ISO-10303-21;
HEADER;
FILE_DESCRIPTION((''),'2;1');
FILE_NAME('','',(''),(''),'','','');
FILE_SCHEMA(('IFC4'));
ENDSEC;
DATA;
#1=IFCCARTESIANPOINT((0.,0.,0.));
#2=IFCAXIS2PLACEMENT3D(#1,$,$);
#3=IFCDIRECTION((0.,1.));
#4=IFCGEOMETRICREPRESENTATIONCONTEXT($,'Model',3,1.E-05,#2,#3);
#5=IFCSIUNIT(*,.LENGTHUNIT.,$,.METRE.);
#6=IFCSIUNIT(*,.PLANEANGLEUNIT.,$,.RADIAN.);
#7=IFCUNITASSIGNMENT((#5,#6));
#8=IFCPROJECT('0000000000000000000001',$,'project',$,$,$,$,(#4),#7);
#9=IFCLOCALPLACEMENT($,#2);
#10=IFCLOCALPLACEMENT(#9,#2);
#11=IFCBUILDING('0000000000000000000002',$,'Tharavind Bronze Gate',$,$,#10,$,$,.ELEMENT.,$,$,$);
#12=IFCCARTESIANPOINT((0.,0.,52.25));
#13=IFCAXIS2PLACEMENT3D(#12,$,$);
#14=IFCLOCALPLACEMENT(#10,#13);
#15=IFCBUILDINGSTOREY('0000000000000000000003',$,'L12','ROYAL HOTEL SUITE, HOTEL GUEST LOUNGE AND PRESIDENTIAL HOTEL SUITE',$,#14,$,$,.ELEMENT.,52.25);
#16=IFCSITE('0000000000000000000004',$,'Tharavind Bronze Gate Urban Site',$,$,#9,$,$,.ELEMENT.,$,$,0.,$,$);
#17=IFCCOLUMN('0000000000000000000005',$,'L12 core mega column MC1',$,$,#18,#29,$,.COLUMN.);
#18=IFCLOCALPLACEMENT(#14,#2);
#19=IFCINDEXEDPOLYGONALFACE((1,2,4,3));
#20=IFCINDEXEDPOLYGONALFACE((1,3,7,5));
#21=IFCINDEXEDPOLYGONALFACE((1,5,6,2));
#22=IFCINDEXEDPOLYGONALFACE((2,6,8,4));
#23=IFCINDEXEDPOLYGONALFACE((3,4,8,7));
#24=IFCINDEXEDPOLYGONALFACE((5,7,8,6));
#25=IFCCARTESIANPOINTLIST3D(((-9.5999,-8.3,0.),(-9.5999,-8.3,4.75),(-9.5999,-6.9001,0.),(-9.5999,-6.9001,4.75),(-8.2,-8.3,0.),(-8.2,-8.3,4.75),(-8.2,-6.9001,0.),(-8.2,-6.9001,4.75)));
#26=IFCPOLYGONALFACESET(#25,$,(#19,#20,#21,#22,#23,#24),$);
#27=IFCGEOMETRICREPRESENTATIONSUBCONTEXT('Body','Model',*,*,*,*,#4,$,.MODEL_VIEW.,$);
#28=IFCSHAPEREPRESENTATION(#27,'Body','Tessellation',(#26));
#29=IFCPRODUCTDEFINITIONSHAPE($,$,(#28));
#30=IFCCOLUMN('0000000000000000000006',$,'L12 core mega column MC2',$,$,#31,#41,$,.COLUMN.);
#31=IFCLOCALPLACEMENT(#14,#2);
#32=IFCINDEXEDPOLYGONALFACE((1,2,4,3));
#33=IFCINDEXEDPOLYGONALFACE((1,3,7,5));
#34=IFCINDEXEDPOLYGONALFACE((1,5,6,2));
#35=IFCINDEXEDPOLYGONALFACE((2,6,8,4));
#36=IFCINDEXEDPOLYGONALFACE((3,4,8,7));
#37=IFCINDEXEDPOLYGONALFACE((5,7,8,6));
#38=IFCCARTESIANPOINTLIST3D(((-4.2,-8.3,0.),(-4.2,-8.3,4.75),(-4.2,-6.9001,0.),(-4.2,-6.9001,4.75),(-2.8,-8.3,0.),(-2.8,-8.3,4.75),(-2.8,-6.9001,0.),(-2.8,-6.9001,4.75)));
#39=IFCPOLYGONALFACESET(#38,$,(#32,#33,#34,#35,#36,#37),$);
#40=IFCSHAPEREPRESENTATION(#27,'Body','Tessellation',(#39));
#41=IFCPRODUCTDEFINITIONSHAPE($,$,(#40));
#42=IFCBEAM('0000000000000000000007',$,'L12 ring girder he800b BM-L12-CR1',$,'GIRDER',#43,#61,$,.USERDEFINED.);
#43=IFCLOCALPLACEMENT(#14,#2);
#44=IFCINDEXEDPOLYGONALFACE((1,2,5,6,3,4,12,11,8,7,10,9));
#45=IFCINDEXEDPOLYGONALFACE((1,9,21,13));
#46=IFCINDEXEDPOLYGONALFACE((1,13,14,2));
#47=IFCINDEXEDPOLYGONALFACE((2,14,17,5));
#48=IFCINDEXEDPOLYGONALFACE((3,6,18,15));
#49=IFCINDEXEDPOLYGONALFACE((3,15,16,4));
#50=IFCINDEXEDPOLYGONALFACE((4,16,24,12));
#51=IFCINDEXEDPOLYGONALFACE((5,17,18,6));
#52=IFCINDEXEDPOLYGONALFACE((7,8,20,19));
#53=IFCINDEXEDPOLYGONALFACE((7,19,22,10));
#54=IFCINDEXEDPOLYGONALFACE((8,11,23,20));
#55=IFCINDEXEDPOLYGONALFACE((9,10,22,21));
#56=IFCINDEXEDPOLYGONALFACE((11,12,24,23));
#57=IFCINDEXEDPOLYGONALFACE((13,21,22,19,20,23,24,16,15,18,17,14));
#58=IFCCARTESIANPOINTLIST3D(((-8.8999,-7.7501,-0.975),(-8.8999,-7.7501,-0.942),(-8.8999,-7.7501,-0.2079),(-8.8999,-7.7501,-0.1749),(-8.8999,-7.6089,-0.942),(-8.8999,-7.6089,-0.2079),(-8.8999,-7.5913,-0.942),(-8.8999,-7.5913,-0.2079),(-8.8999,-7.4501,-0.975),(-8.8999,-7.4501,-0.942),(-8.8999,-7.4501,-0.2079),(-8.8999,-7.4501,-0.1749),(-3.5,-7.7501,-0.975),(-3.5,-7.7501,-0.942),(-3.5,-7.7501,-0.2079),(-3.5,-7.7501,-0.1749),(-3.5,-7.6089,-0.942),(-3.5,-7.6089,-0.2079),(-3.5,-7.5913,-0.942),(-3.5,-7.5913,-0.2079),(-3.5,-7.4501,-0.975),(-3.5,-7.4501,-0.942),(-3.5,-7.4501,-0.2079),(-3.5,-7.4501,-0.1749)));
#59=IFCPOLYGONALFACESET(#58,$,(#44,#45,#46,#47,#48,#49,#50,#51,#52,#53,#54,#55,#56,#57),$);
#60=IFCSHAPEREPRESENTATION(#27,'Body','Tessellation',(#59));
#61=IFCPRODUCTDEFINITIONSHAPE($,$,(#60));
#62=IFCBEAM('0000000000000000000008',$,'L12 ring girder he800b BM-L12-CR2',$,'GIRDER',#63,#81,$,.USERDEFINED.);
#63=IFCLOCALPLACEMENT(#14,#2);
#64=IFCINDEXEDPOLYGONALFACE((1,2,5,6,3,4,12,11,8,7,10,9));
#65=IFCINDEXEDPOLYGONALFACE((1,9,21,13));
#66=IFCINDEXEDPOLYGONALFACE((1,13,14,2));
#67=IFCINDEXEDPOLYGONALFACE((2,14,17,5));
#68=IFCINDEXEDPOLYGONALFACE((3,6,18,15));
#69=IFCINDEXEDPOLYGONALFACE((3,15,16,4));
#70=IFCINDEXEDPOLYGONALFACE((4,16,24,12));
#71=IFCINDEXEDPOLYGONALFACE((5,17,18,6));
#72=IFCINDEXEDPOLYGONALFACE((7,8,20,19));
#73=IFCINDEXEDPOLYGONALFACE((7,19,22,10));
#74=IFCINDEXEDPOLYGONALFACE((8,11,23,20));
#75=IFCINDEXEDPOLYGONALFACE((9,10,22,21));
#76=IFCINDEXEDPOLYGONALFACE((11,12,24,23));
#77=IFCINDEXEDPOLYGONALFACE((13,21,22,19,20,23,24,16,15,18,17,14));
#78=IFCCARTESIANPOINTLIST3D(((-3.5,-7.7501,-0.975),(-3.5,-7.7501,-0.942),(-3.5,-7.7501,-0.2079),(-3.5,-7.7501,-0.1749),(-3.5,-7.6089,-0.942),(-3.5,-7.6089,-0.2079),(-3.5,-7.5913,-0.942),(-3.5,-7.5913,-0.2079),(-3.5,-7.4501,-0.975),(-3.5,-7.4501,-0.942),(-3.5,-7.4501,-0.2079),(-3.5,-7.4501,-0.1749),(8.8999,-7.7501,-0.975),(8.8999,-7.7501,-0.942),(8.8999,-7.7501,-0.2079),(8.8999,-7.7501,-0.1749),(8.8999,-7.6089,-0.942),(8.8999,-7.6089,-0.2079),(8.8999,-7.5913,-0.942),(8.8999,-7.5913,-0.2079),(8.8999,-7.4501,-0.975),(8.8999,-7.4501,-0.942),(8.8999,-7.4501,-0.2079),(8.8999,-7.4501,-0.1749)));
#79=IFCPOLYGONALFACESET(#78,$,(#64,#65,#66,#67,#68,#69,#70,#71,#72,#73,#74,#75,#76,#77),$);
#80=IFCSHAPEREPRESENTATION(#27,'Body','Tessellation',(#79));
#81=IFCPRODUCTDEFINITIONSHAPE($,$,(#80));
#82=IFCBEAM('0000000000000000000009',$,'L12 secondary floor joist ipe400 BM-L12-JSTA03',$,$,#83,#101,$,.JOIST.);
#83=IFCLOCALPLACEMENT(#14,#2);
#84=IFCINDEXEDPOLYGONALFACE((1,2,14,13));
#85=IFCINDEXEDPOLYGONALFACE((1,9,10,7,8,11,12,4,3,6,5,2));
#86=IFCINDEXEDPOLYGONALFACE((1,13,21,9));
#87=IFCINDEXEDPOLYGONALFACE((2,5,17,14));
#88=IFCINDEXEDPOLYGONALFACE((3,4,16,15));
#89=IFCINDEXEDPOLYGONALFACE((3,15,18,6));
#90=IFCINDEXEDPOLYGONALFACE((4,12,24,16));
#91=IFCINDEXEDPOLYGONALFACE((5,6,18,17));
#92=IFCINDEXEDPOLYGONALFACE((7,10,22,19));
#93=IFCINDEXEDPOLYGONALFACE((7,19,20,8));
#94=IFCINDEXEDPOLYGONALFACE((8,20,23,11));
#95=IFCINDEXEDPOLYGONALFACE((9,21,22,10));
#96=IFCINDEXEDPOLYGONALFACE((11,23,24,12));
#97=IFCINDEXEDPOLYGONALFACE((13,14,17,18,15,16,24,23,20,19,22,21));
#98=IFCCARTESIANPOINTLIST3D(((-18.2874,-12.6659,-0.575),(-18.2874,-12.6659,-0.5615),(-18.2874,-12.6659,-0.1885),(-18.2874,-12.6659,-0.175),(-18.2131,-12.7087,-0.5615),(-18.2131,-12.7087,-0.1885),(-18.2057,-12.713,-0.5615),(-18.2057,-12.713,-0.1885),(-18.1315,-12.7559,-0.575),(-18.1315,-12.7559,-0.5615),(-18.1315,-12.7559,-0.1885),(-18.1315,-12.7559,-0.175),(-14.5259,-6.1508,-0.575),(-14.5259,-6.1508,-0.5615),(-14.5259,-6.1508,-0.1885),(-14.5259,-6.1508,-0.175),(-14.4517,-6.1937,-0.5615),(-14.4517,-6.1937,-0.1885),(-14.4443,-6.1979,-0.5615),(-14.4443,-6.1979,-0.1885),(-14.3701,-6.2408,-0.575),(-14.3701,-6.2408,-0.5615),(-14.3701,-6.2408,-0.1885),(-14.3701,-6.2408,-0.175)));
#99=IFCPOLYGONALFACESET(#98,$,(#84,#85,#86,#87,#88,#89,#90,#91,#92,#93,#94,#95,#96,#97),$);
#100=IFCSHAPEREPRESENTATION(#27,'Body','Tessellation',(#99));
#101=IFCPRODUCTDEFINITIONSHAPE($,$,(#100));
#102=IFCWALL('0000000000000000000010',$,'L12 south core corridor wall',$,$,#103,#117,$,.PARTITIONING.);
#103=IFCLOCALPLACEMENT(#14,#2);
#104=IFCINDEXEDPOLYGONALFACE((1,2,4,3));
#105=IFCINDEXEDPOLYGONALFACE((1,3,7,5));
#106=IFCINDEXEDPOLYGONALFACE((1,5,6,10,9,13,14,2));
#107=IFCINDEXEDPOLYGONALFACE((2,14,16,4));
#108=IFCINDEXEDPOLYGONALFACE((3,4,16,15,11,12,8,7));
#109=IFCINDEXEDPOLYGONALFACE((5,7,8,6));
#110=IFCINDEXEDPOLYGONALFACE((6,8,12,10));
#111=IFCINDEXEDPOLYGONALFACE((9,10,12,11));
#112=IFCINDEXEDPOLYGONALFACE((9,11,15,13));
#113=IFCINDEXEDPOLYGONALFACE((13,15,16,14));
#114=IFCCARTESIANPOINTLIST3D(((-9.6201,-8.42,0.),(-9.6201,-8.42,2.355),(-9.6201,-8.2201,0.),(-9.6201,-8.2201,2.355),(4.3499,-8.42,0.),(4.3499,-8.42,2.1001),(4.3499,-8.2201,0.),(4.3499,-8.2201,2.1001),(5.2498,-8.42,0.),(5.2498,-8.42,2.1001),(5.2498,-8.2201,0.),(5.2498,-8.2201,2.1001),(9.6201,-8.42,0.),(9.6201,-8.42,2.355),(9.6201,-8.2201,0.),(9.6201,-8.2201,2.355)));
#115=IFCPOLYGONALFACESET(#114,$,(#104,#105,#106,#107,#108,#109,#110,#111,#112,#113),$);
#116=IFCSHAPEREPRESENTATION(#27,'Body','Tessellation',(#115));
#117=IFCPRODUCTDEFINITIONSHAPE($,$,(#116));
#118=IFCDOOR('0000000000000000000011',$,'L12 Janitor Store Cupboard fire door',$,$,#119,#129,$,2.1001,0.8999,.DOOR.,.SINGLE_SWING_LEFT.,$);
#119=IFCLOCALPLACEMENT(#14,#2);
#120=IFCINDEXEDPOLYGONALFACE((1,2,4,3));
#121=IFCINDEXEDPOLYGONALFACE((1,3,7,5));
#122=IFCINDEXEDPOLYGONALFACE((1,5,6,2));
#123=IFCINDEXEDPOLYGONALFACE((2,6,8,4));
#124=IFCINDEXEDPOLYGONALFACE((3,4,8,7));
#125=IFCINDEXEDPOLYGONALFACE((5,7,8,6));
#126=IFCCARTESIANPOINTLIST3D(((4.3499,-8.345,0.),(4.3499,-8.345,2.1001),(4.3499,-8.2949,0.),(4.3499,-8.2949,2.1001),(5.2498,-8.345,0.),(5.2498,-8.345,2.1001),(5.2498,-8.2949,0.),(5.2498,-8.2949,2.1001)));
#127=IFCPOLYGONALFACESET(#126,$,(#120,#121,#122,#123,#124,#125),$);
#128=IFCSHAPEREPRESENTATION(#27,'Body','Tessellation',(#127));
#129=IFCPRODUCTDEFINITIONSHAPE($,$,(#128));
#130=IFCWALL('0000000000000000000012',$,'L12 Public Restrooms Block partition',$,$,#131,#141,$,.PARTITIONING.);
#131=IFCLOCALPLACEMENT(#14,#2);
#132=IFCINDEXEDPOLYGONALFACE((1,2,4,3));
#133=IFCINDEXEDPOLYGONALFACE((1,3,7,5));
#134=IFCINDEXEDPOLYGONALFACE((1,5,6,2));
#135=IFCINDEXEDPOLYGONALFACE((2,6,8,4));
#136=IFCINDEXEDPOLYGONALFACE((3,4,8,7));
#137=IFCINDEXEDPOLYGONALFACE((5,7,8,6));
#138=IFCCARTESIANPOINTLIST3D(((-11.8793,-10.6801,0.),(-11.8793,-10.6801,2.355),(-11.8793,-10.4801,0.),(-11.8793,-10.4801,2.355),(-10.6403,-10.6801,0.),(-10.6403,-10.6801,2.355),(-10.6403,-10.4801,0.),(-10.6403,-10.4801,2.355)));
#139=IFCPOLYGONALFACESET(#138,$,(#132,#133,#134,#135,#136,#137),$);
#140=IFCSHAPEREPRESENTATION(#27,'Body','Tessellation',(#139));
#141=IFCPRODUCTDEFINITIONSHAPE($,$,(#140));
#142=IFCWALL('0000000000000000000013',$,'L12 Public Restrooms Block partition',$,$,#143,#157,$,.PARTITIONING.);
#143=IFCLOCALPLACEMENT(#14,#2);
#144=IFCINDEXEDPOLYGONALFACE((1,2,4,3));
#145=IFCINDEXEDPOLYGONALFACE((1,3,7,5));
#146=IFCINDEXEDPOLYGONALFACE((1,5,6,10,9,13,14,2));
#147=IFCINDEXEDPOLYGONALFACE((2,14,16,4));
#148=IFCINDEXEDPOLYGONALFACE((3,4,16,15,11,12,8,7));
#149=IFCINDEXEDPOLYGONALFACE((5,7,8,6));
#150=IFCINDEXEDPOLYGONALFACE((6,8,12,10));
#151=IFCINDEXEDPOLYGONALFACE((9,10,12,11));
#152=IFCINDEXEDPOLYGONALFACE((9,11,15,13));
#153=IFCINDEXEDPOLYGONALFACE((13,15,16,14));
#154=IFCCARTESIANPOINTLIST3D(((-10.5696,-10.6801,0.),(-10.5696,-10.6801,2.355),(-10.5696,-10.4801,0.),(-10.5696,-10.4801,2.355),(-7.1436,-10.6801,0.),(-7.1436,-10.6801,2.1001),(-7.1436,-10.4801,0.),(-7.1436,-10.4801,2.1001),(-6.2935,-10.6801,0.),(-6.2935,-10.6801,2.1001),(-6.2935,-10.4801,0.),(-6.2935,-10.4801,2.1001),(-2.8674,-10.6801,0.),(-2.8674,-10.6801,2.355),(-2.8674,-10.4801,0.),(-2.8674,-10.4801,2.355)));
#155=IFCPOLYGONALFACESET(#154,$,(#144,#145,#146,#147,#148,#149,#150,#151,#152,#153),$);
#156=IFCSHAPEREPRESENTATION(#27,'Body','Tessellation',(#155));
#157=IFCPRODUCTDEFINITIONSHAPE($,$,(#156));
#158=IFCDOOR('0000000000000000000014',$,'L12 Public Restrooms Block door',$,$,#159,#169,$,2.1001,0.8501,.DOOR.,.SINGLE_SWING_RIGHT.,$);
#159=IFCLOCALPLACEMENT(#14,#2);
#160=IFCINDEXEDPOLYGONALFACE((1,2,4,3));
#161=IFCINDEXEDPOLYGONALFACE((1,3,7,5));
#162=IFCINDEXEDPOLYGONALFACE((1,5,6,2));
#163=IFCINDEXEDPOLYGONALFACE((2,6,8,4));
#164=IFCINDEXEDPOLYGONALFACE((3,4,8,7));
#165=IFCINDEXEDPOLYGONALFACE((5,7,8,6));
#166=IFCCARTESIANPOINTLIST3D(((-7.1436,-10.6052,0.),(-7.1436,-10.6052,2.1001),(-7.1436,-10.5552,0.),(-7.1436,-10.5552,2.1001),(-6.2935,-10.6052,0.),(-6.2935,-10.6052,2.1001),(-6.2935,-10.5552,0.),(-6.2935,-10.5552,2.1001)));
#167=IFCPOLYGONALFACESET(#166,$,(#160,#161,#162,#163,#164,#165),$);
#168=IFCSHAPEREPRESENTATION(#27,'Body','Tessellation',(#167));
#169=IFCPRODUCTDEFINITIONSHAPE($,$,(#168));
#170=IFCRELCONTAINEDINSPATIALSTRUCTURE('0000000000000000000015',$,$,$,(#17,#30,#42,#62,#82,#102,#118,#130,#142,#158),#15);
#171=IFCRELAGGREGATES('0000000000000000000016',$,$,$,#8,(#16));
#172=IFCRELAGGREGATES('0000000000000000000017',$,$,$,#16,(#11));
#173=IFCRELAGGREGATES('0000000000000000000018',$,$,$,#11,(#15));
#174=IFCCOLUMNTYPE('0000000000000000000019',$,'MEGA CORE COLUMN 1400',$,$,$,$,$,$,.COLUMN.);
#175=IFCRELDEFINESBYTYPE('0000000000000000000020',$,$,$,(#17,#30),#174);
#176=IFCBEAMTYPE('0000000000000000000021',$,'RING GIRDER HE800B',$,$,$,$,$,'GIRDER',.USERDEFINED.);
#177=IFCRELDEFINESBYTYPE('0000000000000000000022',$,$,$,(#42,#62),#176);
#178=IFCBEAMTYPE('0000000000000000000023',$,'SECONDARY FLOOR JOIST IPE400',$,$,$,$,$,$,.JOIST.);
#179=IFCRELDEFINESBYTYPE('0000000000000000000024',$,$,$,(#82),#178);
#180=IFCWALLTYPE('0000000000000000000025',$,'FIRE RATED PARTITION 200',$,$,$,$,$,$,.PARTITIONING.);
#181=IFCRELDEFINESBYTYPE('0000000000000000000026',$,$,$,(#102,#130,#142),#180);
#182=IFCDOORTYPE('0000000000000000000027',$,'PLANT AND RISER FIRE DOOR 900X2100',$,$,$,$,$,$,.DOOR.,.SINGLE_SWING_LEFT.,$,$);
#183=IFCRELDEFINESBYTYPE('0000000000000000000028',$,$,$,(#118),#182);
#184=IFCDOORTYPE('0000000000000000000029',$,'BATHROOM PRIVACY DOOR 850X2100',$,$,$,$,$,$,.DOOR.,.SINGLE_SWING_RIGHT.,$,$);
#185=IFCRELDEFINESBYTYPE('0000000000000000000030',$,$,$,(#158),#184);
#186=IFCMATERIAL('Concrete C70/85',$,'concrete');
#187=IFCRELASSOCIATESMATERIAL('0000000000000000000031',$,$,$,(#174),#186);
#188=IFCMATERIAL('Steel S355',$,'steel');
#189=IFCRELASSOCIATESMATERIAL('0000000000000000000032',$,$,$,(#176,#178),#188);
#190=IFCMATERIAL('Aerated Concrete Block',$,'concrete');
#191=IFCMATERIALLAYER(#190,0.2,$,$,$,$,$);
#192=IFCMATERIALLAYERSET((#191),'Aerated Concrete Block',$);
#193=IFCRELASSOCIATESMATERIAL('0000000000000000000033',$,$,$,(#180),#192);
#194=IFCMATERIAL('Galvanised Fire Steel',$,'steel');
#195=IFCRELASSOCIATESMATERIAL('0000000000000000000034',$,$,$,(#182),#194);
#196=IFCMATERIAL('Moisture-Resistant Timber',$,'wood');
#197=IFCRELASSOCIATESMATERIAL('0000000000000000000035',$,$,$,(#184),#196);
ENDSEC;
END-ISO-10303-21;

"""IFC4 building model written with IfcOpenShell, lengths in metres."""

from ifc_helpers import new_model, si_unit, direction, frame, frame_2d, origin, origin_2d, place, context, subcontext, project, spatial, rectangle, i_section, extrude, material, layer, layer_set, material_profile, profile_set, type_object, element, fill, save


model = new_model("IFC4")

# Units and contexts
model_context = context("Model", 3, precision=1e-05, world=origin(), true_north=direction((0.0, 1.0)))
body_context = subcontext(model_context, "Body", "Model", "MODEL_VIEW")
ifc_project = project(units=[si_unit("LENGTHUNIT", "METRE"), si_unit("PLANEANGLEUNIT", "RADIAN")], contexts=[model_context])

# Site, building, storey
site_placement = place(None, origin())
site = spatial("IfcSite", under=ifc_project, at=site_placement, Name="Tharavind Bronze Gate Urban Site", CompositionType="ELEMENT", RefElevation=0.0)
building_placement = place(site_placement, origin())
building = spatial("IfcBuilding", under=site, at=building_placement, Name="Tharavind Bronze Gate", CompositionType="ELEMENT")
storey_placement = place(building_placement, frame((0.0, 0.0, 52.25)))
storey = spatial("IfcBuildingStorey", under=building, at=storey_placement, Name="L12", Description="ROYAL HOTEL SUITE, HOTEL GUEST LOUNGE AND PRESIDENTIAL HOTEL SUITE", CompositionType="ELEMENT", Elevation=52.25)

# Columns
ifc_material_1 = material(Name="Concrete C70/85", Category="concrete")
ifc_material_profile_1 = material_profile(ifc_material_1, rectangle(XDim=1.3999, YDim=1.3999, at=origin_2d()), Name="RCCOL1400")
ifc_profile_set_1 = profile_set([ifc_material_profile_1], Name="Concrete C70/85")
column_type = type_object("IfcColumnType", Name="MEGA CORE COLUMN 1400", PredefinedType="COLUMN", material=ifc_profile_set_1)
for number, where, z_axis, x_axis, name in (
    (1, (-8.8999, -7.6001, 0.0), (0.0, 0.0, 1.0), (1.0, 0.0, 0.0), "L12 core mega column MC1"),
    (2, (-3.5, -7.6001, 0.0), (0.0, 0.0, 1.0), (1.0, 0.0, 0.0), "L12 core mega column MC2"),
):
    element("IfcColumn", number, at=place(storey_placement, frame(where, z_axis=z_axis, x_axis=x_axis)), inside=storey, type_object=column_type, Name=name, PredefinedType="COLUMN", context=body_context, shape_type="SweptSolid", body=[
        extrude(rectangle(XDim=1.3999, YDim=1.3999, at=origin_2d()), origin(), (0.0, 0.0, 1.0), 4.75),
    ])

# Beams
ifc_material_2 = material(Name="Steel S355", Category="steel")
ifc_material_profile_2 = material_profile(ifc_material_2, i_section(OverallWidth=0.3, OverallDepth=0.8, WebThickness=0.0176, FlangeThickness=0.033, at=origin_2d()), Name="HE800B")
ifc_profile_set_2 = profile_set([ifc_material_profile_2], Name="Steel S355")
beam_type_1 = type_object("IfcBeamType", Name="RING GIRDER HE800B", ElementType="GIRDER", PredefinedType="USERDEFINED", material=ifc_profile_set_2)
beam_1_placement = place(storey_placement, frame((-8.8999, -7.6001, -0.575), z_axis=(1.0, 0.0, 0.0), x_axis=(0.0, 1.0, 0.0)))
element("IfcBeam", 3, at=beam_1_placement, inside=storey, type_object=beam_type_1, Name="L12 ring girder he800b BM-L12-CR1", ObjectType="GIRDER", PredefinedType="USERDEFINED", context=body_context, shape_type="SweptSolid", body=[
    extrude(i_section(OverallWidth=0.3, OverallDepth=0.8, WebThickness=0.0176, FlangeThickness=0.033, at=origin_2d()), origin(), (0.0, 0.0, 1.0), 5.3999),
])
beam_2_placement = place(storey_placement, frame((-3.5, -7.6001, -0.575), z_axis=(1.0, 0.0, 0.0), x_axis=(0.0, 1.0, 0.0)))
element("IfcBeam", 4, at=beam_2_placement, inside=storey, type_object=beam_type_1, Name="L12 ring girder he800b BM-L12-CR2", ObjectType="GIRDER", PredefinedType="USERDEFINED", context=body_context, shape_type="SweptSolid", body=[
    extrude(i_section(OverallWidth=0.3, OverallDepth=0.8, WebThickness=0.0176, FlangeThickness=0.033, at=origin_2d()), origin(), (0.0, 0.0, 1.0), 12.3999),
])
ifc_material_profile_3 = material_profile(ifc_material_2, i_section(OverallWidth=0.1799, OverallDepth=0.3999, WebThickness=0.0085, FlangeThickness=0.0134, at=origin_2d()), Name="IPE400")
ifc_profile_set_3 = profile_set([ifc_material_profile_3], Name="Steel S355")
beam_type_2 = type_object("IfcBeamType", Name="SECONDARY FLOOR JOIST IPE400", PredefinedType="JOIST", material=ifc_profile_set_3)
beam_3_placement = place(storey_placement, frame((-14.448, -6.1958, -0.375), z_axis=(-0.499996, -0.866028, 0.0), x_axis=(0.866028, -0.499996, 0.0)))
element("IfcBeam", 5, at=beam_3_placement, inside=storey, type_object=beam_type_2, Name="L12 secondary floor joist ipe400 BM-L12-JSTA03", PredefinedType="JOIST", context=body_context, shape_type="SweptSolid", body=[
    extrude(i_section(OverallWidth=0.1799, OverallDepth=0.3999, WebThickness=0.0085, FlangeThickness=0.0134, at=origin_2d()), origin(), (0.0, 0.0, 1.0), 7.5229),
])

# Wall, opening, door
ifc_material_3 = material(Name="Aerated Concrete Block", Category="concrete")
ifc_layer_1 = layer(ifc_material_3, 0.2)
ifc_layer_set_1 = layer_set([ifc_layer_1], Name="Aerated Concrete Block")
wall_type_1 = type_object("IfcWallType", Name="FIRE RATED PARTITION 200", PredefinedType="PARTITIONING", material=ifc_layer_set_1)
wall_1_placement = place(storey_placement, frame((-9.6201, -8.3201, 0.0), z_axis=(0.0, 0.0, 1.0), x_axis=(1.0, 0.0, 0.0)))
wall_1 = element("IfcWall", 6, at=wall_1_placement, inside=storey, type_object=wall_type_1, Name="L12 south core corridor wall", PredefinedType="PARTITIONING", context=body_context, shape_type="SweptSolid", body=[
    extrude(rectangle(XDim=19.2402, YDim=0.2, at=frame_2d((9.6201, 0.0))), origin(), (0.0, 0.0, 1.0), 2.355),
])
opening_1_placement = place(wall_1_placement, frame((13.97, 0.0, 0.0)))
opening_1 = element("IfcOpeningElement", 7, at=opening_1_placement, cuts=wall_1, PredefinedType="OPENING", context=body_context, shape_type="SweptSolid", body=[
    extrude(rectangle(XDim=0.8999, YDim=2.1001, at=frame_2d((0.45, 1.05))), frame((0.0, 0.1101, 0.0), z_axis=(0.0, -1.0, 0.0), x_axis=(1.0, 0.0, 0.0)), (0.0, 0.0, 1.0), 0.22),
])
ifc_material_4 = material(Name="Galvanised Fire Steel", Category="steel")
door_type_1 = type_object("IfcDoorType", Name="PLANT AND RISER FIRE DOOR 900X2100", OperationType="SINGLE_SWING_LEFT", PredefinedType="DOOR", material=ifc_material_4)
door_1_placement = place(opening_1_placement, frame((0.8999, 0.0, 0.0), z_axis=(0.0, 0.0, 1.0), x_axis=(-1.0, 0.0, 0.0)))
door_1 = element("IfcDoor", 8, at=door_1_placement, inside=storey, type_object=door_type_1, Name="L12 Janitor Store Cupboard fire door", OperationType="SINGLE_SWING_LEFT", OverallHeight=2.1001, OverallWidth=0.8999, PredefinedType="DOOR", context=body_context, shape_type="SweptSolid", body=[
    extrude(rectangle(XDim=0.8999, YDim=2.1001, at=frame_2d((0.45, 1.05))), frame((0.0, 0.0249, 0.0), z_axis=(0.0, -1.0, 0.0), x_axis=(1.0, 0.0, 0.0)), (0.0, 0.0, 1.0), 0.05),
])
fill(opening_1, door_1)

# Wall
wall_2_placement = place(storey_placement, frame((-11.8794, -10.5801, 0.0), z_axis=(0.0, 0.0, 1.0), x_axis=(1.0, 0.0, 0.0)))
element("IfcWall", 9, at=wall_2_placement, inside=storey, type_object=wall_type_1, Name="L12 Public Restrooms Block partition", PredefinedType="PARTITIONING", context=body_context, shape_type="SweptSolid", body=[
    extrude(rectangle(XDim=1.239, YDim=0.2, at=frame_2d((0.6196, 0.0))), origin(), (0.0, 0.0, 1.0), 2.355),
])

# Wall, opening, door
wall_3_placement = place(storey_placement, frame((-10.5696, -10.5801, 0.0), z_axis=(0.0, 0.0, 1.0), x_axis=(1.0, 0.0, 0.0)))
wall_3 = element("IfcWall", 10, at=wall_3_placement, inside=storey, type_object=wall_type_1, Name="L12 Public Restrooms Block partition", PredefinedType="PARTITIONING", context=body_context, shape_type="SweptSolid", body=[
    extrude(rectangle(XDim=7.7021, YDim=0.2, at=frame_2d((3.8511, 0.0))), origin(), (0.0, 0.0, 1.0), 2.355),
])
opening_2_placement = place(wall_3_placement, frame((3.426, 0.0, 0.0)))
opening_2 = element("IfcOpeningElement", 11, at=opening_2_placement, cuts=wall_3, PredefinedType="OPENING", context=body_context, shape_type="SweptSolid", body=[
    extrude(rectangle(XDim=0.8501, YDim=2.1001, at=frame_2d((0.425, 1.05))), frame((0.0, 0.1101, 0.0), z_axis=(0.0, -1.0, 0.0), x_axis=(1.0, 0.0, 0.0)), (0.0, 0.0, 1.0), 0.22),
])
ifc_material_5 = material(Name="Moisture-Resistant Timber", Category="wood")
door_type_2 = type_object("IfcDoorType", Name="BATHROOM PRIVACY DOOR 850X2100", OperationType="SINGLE_SWING_RIGHT", PredefinedType="DOOR", material=ifc_material_5)
door_2_placement = place(opening_2_placement, origin())
door_2 = element("IfcDoor", 12, at=door_2_placement, inside=storey, type_object=door_type_2, Name="L12 Public Restrooms Block door", OperationType="SINGLE_SWING_RIGHT", OverallHeight=2.1001, OverallWidth=0.8501, PredefinedType="DOOR", context=body_context, shape_type="SweptSolid", body=[
    extrude(rectangle(XDim=0.8501, YDim=2.1001, at=frame_2d((0.425, 1.05))), frame((0.0, 0.0249, 0.0), z_axis=(0.0, -1.0, 0.0), x_axis=(1.0, 0.0, 0.0)), (0.0, 0.0, 1.0), 0.05),
])
fill(opening_2, door_2)

save(model, "model.ifc")
